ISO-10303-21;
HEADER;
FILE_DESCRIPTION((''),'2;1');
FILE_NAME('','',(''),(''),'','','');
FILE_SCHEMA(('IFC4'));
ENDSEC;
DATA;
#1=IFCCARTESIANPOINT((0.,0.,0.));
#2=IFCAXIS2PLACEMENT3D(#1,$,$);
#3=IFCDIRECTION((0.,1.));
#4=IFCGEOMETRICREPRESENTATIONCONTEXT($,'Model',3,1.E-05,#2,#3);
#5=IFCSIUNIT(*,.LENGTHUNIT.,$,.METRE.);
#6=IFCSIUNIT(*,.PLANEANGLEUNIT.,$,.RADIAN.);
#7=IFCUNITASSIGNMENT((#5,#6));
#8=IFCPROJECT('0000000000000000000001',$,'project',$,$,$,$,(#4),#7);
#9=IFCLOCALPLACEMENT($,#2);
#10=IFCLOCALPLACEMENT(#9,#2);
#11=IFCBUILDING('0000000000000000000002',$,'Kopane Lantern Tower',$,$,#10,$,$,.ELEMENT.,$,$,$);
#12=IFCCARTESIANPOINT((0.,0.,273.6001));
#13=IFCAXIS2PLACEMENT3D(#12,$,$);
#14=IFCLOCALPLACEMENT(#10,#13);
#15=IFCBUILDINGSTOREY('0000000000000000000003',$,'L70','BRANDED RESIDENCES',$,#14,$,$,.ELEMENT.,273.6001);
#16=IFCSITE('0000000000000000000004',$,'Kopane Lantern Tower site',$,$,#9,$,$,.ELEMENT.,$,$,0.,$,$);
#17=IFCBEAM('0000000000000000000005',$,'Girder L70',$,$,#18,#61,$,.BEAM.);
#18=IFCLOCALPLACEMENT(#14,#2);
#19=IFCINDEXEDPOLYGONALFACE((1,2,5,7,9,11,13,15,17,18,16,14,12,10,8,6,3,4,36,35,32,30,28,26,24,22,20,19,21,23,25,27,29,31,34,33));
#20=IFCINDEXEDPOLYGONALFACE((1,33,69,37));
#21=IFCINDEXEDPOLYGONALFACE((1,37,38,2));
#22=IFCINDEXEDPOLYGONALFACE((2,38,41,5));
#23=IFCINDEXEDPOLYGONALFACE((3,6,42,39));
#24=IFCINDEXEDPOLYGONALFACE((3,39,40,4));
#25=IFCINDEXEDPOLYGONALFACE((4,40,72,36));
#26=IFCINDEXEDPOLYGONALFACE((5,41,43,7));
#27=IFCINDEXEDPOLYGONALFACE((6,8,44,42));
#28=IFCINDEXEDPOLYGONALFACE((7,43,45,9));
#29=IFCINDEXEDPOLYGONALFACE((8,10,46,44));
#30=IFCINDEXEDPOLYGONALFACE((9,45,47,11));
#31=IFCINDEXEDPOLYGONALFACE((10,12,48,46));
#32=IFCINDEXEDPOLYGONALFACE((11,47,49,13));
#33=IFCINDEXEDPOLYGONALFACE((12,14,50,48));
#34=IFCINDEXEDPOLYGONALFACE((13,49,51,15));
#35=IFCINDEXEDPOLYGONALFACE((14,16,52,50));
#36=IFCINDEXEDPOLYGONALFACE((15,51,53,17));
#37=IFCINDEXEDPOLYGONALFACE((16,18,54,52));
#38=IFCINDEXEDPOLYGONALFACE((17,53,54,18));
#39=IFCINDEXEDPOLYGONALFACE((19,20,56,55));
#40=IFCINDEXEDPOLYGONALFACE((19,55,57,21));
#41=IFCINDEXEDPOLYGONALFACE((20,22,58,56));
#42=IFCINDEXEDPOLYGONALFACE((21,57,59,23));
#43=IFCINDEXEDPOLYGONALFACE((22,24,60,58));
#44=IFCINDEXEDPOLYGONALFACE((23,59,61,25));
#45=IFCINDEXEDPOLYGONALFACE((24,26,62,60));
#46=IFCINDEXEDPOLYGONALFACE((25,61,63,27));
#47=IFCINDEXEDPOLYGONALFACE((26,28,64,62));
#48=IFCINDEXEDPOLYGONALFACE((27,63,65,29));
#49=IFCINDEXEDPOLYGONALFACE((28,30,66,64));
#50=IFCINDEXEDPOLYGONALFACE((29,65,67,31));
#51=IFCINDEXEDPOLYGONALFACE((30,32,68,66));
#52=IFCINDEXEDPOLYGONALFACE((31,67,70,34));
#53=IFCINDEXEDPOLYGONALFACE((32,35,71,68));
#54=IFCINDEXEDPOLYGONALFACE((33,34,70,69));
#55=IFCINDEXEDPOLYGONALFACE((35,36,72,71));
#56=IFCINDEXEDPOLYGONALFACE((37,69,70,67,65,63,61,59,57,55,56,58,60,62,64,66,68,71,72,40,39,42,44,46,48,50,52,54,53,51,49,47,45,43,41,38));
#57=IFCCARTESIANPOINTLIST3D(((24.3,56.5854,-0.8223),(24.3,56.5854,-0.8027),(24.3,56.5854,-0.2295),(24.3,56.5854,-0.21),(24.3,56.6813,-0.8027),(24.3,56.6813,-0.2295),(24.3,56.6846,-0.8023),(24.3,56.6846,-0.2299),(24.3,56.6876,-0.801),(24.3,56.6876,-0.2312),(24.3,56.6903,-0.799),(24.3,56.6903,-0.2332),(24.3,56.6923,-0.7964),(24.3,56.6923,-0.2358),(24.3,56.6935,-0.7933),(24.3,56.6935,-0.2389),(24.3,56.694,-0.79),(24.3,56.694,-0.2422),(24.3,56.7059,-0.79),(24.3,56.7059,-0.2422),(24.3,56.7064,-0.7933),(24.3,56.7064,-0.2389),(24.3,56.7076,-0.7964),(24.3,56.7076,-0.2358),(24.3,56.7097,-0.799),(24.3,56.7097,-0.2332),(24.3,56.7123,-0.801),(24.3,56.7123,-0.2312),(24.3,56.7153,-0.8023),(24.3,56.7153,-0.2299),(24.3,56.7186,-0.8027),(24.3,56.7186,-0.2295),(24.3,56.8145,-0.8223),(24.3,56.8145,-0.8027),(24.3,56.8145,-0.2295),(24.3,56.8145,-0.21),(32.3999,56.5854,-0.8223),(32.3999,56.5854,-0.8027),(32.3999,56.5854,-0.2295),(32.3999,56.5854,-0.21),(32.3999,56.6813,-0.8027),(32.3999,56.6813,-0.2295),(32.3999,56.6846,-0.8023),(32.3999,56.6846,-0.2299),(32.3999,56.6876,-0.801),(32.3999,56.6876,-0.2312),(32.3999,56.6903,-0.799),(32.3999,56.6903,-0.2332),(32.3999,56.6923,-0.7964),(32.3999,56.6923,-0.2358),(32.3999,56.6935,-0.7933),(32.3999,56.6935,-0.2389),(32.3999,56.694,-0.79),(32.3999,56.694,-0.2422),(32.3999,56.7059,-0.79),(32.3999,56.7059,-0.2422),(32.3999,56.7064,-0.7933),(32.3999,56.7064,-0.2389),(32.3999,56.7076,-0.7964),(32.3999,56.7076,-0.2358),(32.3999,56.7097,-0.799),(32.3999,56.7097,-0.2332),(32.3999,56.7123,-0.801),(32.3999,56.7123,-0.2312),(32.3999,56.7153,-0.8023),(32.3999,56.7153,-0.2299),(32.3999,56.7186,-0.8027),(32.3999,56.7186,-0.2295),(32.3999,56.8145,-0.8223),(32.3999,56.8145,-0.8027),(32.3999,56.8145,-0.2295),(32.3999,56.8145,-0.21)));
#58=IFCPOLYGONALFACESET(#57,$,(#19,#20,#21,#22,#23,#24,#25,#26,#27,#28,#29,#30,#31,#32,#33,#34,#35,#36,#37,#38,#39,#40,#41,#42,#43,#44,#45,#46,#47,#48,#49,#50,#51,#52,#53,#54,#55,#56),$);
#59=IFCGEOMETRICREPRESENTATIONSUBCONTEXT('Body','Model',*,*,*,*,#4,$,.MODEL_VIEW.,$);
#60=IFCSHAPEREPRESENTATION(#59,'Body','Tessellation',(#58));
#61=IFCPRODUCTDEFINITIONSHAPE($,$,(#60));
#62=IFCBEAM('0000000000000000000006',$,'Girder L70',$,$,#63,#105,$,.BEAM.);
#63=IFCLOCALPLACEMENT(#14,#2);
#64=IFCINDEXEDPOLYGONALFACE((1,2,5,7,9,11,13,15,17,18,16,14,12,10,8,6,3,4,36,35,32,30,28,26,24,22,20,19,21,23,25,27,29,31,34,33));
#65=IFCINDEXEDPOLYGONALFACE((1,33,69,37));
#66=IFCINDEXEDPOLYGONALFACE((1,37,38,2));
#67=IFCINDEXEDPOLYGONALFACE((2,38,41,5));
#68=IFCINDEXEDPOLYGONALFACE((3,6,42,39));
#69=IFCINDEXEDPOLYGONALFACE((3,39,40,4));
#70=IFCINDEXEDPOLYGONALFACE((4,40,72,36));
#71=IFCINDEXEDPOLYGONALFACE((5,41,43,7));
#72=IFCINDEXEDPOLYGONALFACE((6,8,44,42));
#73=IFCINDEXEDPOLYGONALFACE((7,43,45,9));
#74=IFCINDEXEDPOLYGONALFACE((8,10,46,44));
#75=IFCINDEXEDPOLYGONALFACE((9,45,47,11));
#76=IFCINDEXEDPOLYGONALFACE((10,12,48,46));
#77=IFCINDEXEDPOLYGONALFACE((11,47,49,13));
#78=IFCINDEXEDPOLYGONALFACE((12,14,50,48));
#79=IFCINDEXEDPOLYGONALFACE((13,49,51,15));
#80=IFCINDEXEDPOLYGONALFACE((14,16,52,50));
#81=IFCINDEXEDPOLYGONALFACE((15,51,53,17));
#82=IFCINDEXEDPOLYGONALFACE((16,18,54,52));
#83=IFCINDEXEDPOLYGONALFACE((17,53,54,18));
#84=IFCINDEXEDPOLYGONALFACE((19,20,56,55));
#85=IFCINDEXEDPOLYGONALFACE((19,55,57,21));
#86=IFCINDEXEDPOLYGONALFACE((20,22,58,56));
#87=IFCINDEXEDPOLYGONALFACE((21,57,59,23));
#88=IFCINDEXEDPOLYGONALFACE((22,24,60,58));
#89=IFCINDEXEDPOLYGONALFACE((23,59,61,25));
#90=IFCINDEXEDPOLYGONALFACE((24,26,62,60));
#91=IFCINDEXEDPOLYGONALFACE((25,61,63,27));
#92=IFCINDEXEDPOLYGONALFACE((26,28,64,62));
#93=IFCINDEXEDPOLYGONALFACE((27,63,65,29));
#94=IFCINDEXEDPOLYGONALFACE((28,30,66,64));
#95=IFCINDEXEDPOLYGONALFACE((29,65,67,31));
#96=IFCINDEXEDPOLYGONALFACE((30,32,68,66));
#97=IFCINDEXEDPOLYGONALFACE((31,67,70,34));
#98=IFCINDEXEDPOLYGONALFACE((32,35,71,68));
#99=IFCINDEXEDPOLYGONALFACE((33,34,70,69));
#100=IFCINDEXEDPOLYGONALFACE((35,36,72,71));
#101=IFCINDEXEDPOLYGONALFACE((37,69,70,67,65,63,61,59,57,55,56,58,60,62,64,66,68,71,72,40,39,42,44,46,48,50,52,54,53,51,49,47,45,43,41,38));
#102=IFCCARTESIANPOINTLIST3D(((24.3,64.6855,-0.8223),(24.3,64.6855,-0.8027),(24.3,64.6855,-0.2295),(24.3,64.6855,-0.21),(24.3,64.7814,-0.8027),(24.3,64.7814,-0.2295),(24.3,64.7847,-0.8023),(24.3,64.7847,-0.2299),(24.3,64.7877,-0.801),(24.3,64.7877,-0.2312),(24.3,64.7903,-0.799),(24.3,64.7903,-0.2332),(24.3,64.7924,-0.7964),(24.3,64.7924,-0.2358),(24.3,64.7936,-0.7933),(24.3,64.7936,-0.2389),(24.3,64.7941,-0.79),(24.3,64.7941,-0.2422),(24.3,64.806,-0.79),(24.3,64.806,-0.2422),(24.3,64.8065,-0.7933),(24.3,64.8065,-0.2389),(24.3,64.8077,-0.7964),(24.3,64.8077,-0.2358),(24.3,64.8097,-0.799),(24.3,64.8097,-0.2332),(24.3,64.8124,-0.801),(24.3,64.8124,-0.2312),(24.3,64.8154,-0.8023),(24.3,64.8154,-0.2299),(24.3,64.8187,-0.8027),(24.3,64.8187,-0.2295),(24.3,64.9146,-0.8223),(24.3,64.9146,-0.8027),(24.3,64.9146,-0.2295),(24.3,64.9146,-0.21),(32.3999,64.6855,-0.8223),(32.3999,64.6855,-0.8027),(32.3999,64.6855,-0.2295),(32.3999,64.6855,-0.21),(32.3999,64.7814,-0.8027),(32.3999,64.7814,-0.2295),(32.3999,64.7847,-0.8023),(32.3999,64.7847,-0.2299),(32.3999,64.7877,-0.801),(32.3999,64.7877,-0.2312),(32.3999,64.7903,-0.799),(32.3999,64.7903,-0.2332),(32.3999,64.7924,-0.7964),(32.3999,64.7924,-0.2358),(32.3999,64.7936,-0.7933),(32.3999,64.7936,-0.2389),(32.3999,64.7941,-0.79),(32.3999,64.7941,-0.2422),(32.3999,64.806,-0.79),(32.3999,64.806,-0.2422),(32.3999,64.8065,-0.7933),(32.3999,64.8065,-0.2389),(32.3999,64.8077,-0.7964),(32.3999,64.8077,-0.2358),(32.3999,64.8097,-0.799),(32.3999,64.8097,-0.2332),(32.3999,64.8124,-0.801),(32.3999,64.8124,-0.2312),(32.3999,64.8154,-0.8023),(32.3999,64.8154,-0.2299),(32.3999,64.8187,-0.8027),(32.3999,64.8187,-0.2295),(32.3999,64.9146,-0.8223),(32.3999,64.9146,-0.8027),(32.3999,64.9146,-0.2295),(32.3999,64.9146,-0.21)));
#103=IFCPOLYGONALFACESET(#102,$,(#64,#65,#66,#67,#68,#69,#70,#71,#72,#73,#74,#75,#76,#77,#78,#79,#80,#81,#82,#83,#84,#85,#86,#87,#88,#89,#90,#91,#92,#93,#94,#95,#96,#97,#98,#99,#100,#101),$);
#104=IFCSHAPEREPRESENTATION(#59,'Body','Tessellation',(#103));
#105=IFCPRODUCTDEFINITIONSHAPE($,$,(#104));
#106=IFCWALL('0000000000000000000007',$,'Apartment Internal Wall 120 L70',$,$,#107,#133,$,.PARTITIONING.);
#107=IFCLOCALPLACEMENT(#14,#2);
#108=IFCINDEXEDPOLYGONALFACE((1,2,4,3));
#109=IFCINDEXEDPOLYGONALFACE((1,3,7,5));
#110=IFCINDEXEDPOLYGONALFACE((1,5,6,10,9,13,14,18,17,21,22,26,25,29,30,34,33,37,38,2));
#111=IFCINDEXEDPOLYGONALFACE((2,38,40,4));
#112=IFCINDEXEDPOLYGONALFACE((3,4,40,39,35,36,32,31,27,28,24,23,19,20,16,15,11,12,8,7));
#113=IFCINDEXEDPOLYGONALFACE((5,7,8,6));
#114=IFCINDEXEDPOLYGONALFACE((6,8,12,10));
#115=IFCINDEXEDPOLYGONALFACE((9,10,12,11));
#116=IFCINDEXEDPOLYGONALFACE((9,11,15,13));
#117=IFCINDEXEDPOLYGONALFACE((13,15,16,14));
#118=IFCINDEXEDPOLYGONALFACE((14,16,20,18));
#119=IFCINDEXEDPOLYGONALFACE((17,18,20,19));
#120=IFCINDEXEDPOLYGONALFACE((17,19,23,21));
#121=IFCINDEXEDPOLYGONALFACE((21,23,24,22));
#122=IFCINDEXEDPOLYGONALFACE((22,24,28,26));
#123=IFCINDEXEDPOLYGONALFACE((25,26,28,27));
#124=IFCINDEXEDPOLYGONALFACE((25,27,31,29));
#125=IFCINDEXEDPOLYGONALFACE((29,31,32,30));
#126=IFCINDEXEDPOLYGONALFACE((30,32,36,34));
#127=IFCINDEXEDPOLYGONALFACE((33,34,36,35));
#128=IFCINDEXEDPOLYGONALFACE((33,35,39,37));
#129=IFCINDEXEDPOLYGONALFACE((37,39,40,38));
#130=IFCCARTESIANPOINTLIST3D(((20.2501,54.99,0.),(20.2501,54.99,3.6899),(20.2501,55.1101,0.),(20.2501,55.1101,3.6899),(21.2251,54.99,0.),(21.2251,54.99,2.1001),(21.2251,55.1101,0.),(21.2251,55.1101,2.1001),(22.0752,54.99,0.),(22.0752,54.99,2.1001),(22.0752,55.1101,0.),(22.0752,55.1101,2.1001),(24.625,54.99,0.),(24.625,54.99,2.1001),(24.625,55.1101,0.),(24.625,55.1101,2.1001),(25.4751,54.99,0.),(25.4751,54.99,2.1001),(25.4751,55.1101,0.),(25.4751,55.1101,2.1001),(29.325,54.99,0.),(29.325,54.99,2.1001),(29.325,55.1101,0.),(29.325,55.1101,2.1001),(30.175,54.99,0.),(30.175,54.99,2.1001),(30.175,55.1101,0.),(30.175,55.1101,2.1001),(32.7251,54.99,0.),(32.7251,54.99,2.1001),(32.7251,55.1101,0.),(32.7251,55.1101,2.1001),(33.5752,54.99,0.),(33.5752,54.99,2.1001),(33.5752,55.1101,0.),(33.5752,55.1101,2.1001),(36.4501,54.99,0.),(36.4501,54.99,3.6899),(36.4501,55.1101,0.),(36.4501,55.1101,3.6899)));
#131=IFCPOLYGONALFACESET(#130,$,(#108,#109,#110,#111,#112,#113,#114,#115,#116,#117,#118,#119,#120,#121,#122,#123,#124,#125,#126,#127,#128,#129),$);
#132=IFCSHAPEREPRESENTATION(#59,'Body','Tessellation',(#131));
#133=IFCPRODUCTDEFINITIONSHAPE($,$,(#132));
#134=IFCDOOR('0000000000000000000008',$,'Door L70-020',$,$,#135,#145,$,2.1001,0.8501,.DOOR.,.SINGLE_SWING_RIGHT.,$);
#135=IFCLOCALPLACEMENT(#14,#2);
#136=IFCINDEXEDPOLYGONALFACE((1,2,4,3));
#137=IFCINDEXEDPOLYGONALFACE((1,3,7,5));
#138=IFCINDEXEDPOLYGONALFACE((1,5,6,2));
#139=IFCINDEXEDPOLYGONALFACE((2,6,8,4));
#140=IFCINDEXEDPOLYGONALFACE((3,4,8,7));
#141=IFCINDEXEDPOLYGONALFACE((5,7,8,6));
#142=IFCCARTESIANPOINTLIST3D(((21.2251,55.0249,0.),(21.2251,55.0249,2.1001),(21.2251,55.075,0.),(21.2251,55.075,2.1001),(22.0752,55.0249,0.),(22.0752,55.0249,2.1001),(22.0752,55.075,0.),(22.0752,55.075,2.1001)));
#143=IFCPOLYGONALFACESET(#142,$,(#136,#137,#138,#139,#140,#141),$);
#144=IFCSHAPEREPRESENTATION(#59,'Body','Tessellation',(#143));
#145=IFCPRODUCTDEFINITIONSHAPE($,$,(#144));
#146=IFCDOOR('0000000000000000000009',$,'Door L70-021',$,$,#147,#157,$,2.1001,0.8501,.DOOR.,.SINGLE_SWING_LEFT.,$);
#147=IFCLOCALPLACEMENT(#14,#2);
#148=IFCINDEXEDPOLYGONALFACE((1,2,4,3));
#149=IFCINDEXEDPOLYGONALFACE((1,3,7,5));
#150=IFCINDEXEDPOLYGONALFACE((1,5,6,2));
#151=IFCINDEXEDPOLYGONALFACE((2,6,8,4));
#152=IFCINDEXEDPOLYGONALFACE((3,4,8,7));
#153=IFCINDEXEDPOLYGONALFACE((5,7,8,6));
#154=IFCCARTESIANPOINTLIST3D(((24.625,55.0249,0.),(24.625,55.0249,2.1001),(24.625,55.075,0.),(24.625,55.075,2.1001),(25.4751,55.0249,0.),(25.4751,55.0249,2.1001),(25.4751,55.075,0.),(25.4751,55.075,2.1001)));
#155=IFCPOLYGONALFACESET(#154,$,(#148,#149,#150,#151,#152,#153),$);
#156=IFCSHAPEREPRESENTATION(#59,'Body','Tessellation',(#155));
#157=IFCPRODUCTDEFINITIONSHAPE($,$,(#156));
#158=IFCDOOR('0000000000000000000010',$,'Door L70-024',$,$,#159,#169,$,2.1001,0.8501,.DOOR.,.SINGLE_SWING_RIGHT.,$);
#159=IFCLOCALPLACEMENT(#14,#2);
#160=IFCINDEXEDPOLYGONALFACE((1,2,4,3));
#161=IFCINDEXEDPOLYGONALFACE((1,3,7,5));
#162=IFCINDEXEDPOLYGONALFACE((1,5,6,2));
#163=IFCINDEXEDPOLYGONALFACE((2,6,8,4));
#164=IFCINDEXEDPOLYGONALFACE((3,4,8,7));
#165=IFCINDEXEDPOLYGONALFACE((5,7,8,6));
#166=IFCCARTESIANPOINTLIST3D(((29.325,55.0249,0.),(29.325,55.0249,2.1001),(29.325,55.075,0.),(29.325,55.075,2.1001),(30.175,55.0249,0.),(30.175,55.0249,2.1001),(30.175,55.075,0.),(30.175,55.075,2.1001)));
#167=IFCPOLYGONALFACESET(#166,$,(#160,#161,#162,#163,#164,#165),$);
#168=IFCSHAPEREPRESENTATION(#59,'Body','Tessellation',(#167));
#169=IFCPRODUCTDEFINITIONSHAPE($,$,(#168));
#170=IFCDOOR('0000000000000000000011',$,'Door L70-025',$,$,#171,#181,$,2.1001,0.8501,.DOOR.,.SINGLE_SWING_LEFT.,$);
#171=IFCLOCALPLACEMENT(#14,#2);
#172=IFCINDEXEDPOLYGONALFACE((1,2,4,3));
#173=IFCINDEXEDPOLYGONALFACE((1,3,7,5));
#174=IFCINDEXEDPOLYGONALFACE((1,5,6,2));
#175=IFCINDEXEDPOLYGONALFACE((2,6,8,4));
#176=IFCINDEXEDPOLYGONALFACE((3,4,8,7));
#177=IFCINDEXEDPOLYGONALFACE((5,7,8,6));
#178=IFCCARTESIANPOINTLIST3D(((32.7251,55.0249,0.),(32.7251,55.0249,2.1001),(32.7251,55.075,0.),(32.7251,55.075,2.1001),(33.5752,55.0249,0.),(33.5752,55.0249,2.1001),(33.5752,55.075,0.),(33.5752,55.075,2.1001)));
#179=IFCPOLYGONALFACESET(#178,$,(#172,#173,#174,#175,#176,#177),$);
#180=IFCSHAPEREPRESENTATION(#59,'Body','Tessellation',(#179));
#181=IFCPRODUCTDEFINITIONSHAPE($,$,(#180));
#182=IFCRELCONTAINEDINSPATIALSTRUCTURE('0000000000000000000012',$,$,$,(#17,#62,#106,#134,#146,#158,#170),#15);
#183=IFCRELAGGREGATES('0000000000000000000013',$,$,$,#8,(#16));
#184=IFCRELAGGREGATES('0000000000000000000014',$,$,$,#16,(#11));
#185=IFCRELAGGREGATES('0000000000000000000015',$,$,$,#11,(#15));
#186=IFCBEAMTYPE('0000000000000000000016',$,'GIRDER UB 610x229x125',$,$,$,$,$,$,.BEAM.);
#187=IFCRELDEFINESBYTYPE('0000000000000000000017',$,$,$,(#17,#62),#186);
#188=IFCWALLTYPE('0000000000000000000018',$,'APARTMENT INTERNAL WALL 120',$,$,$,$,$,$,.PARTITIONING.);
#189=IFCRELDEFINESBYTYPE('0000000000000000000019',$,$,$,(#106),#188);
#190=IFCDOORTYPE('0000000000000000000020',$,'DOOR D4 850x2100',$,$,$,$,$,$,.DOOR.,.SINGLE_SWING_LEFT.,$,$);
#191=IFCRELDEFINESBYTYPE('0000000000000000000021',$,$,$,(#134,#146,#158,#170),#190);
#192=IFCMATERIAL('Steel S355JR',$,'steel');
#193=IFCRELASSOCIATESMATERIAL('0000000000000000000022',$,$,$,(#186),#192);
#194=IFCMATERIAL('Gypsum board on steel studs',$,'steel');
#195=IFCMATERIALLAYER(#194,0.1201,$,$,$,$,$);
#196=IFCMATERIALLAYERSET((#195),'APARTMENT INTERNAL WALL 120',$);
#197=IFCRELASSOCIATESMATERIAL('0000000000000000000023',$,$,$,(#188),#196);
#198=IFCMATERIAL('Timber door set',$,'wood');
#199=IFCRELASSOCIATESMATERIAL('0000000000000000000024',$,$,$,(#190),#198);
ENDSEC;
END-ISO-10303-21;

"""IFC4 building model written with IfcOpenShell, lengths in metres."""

from ifc_helpers import new_model, si_unit, direction, frame, frame_2d, origin, origin_2d, place, context, subcontext, project, spatial, rectangle, i_section, extrude, material, layer, layer_set, material_profile, profile_set, type_object, element, fill, save


model = new_model("IFC4")

# Units and contexts
model_context = context("Model", 3, precision=1e-05, world=origin(), true_north=direction((0.0, 1.0)))
body_context = subcontext(model_context, "Body", "Model", "MODEL_VIEW")
ifc_project = project(units=[si_unit("LENGTHUNIT", "METRE"), si_unit("PLANEANGLEUNIT", "RADIAN")], contexts=[model_context])

# Site, building, storey
site_placement = place(None, origin())
site = spatial("IfcSite", under=ifc_project, at=site_placement, Name="Kopane Lantern Tower site", CompositionType="ELEMENT", RefElevation=0.0)
building_placement = place(site_placement, origin())
building = spatial("IfcBuilding", under=site, at=building_placement, Name="Kopane Lantern Tower", CompositionType="ELEMENT")
storey_placement = place(building_placement, frame((0.0, 0.0, 273.6001)))
storey = spatial("IfcBuildingStorey", under=building, at=storey_placement, Name="L70", Description="BRANDED RESIDENCES", CompositionType="ELEMENT", Elevation=273.6001)

# Beams
ifc_material_1 = material(Name="Steel S355JR", Category="steel")
ifc_material_profile_1 = material_profile(ifc_material_1, i_section(OverallWidth=0.229, OverallDepth=0.6123, WebThickness=0.012, FlangeThickness=0.0195, FilletRadius=0.0127, at=origin_2d()), Name="UB 610x229x125")
ifc_profile_set_1 = profile_set([ifc_material_profile_1], Name="Steel S355JR")
beam_type = type_object("IfcBeamType", Name="GIRDER UB 610x229x125", PredefinedType="BEAM", material=ifc_profile_set_1)
for number, where, z_axis, x_axis, name in (
    (1, (24.3, 56.7, -0.5161), (1.0, 0.0, 0.0), (0.0, 1.0, 0.0), "Girder L70"),
    (2, (24.3, 64.8, -0.5161), (1.0, 0.0, 0.0), (0.0, 1.0, 0.0), "Girder L70"),
):
    element("IfcBeam", number, at=place(storey_placement, frame(where, z_axis=z_axis, x_axis=x_axis)), inside=storey, type_object=beam_type, Name=name, PredefinedType="BEAM", context=body_context, shape_type="SweptSolid", body=[
        extrude(i_section(OverallWidth=0.229, OverallDepth=0.6123, WebThickness=0.012, FlangeThickness=0.0195, FilletRadius=0.0127, at=origin_2d()), origin(), (0.0, 0.0, 1.0), 8.0999),
    ])

# Wall, openings, doors
ifc_material_2 = material(Name="Gypsum board on steel studs", Category="steel")
ifc_layer_1 = layer(ifc_material_2, 0.1201)
ifc_layer_set_1 = layer_set([ifc_layer_1], Name="APARTMENT INTERNAL WALL 120")
wall_type_1 = type_object("IfcWallType", Name="APARTMENT INTERNAL WALL 120", PredefinedType="PARTITIONING", material=ifc_layer_set_1)
wall_1_placement = place(storey_placement, frame((20.25, 55.05, 0.0), z_axis=(0.0, 0.0, 1.0), x_axis=(1.0, 0.0, 0.0)))
wall_1 = element("IfcWall", 3, at=wall_1_placement, inside=storey, type_object=wall_type_1, Name="Apartment Internal Wall 120 L70", PredefinedType="PARTITIONING", context=body_context, shape_type="SweptSolid", body=[
    extrude(rectangle(XDim=16.2, YDim=0.1201, at=frame_2d((8.1001, 0.0))), origin(), (0.0, 0.0, 1.0), 3.6899),
])
opening_1_placement = place(wall_1_placement, frame((0.9751, 0.0, 0.0)))
opening_1 = element("IfcOpeningElement", 4, at=opening_1_placement, cuts=wall_1, PredefinedType="OPENING", context=body_context, shape_type="SweptSolid", body=[
    extrude(rectangle(XDim=0.8501, YDim=2.1001, at=frame_2d((0.425, 1.05))), frame((0.0, 0.0701, 0.0), z_axis=(0.0, -1.0, 0.0), x_axis=(1.0, 0.0, 0.0)), (0.0, 0.0, 1.0), 0.1401),
])
opening_2_placement = place(wall_1_placement, frame((4.375, 0.0, 0.0)))
opening_2 = element("IfcOpeningElement", 5, at=opening_2_placement, cuts=wall_1, PredefinedType="OPENING", context=body_context, shape_type="SweptSolid", body=[
    extrude(rectangle(XDim=0.8501, YDim=2.1001, at=frame_2d((0.425, 1.05))), frame((0.0, 0.0701, 0.0), z_axis=(0.0, -1.0, 0.0), x_axis=(1.0, 0.0, 0.0)), (0.0, 0.0, 1.0), 0.1401),
])
opening_3_placement = place(wall_1_placement, frame((9.075, 0.0, 0.0)))
opening_3 = element("IfcOpeningElement", 6, at=opening_3_placement, cuts=wall_1, PredefinedType="OPENING", context=body_context, shape_type="SweptSolid", body=[
    extrude(rectangle(XDim=0.8501, YDim=2.1001, at=frame_2d((0.425, 1.05))), frame((0.0, 0.0701, 0.0), z_axis=(0.0, -1.0, 0.0), x_axis=(1.0, 0.0, 0.0)), (0.0, 0.0, 1.0), 0.1401),
])
opening_4_placement = place(wall_1_placement, frame((12.4751, 0.0, 0.0)))
opening_4 = element("IfcOpeningElement", 7, at=opening_4_placement, cuts=wall_1, PredefinedType="OPENING", context=body_context, shape_type="SweptSolid", body=[
    extrude(rectangle(XDim=0.8501, YDim=2.1001, at=frame_2d((0.425, 1.05))), frame((0.0, 0.0701, 0.0), z_axis=(0.0, -1.0, 0.0), x_axis=(1.0, 0.0, 0.0)), (0.0, 0.0, 1.0), 0.1401),
])
ifc_material_3 = material(Name="Timber door set", Category="wood")
door_type_1 = type_object("IfcDoorType", Name="DOOR D4 850x2100", OperationType="SINGLE_SWING_LEFT", PredefinedType="DOOR", material=ifc_material_3)
door_1_placement = place(opening_1_placement, origin())
door_1 = element("IfcDoor", 8, at=door_1_placement, inside=storey, type_object=door_type_1, Name="Door L70-020", OperationType="SINGLE_SWING_RIGHT", OverallHeight=2.1001, OverallWidth=0.8501, PredefinedType="DOOR", context=body_context, shape_type="SweptSolid", body=[
    extrude(rectangle(XDim=0.8501, YDim=2.1001, at=frame_2d((0.425, 1.05))), frame((0.0, 0.0249, 0.0), z_axis=(0.0, -1.0, 0.0), x_axis=(1.0, 0.0, 0.0)), (0.0, 0.0, 1.0), 0.05),
])
fill(opening_1, door_1)
door_2_placement = place(opening_2_placement, origin())
door_2 = element("IfcDoor", 9, at=door_2_placement, inside=storey, type_object=door_type_1, Name="Door L70-021", OperationType="SINGLE_SWING_LEFT", OverallHeight=2.1001, OverallWidth=0.8501, PredefinedType="DOOR", context=body_context, shape_type="SweptSolid", body=[
    extrude(rectangle(XDim=0.8501, YDim=2.1001, at=frame_2d((0.425, 1.05))), frame((0.0, 0.0249, 0.0), z_axis=(0.0, -1.0, 0.0), x_axis=(1.0, 0.0, 0.0)), (0.0, 0.0, 1.0), 0.05),
])
fill(opening_2, door_2)
door_3_placement = place(opening_3_placement, origin())
door_3 = element("IfcDoor", 10, at=door_3_placement, inside=storey, type_object=door_type_1, Name="Door L70-024", OperationType="SINGLE_SWING_RIGHT", OverallHeight=2.1001, OverallWidth=0.8501, PredefinedType="DOOR", context=body_context, shape_type="SweptSolid", body=[
    extrude(rectangle(XDim=0.8501, YDim=2.1001, at=frame_2d((0.425, 1.05))), frame((0.0, 0.0249, 0.0), z_axis=(0.0, -1.0, 0.0), x_axis=(1.0, 0.0, 0.0)), (0.0, 0.0, 1.0), 0.05),
])
fill(opening_3, door_3)
door_4_placement = place(opening_4_placement, origin())
door_4 = element("IfcDoor", 11, at=door_4_placement, inside=storey, type_object=door_type_1, Name="Door L70-025", OperationType="SINGLE_SWING_LEFT", OverallHeight=2.1001, OverallWidth=0.8501, PredefinedType="DOOR", context=body_context, shape_type="SweptSolid", body=[
    extrude(rectangle(XDim=0.8501, YDim=2.1001, at=frame_2d((0.425, 1.05))), frame((0.0, 0.0249, 0.0), z_axis=(0.0, -1.0, 0.0), x_axis=(1.0, 0.0, 0.0)), (0.0, 0.0, 1.0), 0.05),
])
fill(opening_4, door_4)

save(model, "model.ifc")
